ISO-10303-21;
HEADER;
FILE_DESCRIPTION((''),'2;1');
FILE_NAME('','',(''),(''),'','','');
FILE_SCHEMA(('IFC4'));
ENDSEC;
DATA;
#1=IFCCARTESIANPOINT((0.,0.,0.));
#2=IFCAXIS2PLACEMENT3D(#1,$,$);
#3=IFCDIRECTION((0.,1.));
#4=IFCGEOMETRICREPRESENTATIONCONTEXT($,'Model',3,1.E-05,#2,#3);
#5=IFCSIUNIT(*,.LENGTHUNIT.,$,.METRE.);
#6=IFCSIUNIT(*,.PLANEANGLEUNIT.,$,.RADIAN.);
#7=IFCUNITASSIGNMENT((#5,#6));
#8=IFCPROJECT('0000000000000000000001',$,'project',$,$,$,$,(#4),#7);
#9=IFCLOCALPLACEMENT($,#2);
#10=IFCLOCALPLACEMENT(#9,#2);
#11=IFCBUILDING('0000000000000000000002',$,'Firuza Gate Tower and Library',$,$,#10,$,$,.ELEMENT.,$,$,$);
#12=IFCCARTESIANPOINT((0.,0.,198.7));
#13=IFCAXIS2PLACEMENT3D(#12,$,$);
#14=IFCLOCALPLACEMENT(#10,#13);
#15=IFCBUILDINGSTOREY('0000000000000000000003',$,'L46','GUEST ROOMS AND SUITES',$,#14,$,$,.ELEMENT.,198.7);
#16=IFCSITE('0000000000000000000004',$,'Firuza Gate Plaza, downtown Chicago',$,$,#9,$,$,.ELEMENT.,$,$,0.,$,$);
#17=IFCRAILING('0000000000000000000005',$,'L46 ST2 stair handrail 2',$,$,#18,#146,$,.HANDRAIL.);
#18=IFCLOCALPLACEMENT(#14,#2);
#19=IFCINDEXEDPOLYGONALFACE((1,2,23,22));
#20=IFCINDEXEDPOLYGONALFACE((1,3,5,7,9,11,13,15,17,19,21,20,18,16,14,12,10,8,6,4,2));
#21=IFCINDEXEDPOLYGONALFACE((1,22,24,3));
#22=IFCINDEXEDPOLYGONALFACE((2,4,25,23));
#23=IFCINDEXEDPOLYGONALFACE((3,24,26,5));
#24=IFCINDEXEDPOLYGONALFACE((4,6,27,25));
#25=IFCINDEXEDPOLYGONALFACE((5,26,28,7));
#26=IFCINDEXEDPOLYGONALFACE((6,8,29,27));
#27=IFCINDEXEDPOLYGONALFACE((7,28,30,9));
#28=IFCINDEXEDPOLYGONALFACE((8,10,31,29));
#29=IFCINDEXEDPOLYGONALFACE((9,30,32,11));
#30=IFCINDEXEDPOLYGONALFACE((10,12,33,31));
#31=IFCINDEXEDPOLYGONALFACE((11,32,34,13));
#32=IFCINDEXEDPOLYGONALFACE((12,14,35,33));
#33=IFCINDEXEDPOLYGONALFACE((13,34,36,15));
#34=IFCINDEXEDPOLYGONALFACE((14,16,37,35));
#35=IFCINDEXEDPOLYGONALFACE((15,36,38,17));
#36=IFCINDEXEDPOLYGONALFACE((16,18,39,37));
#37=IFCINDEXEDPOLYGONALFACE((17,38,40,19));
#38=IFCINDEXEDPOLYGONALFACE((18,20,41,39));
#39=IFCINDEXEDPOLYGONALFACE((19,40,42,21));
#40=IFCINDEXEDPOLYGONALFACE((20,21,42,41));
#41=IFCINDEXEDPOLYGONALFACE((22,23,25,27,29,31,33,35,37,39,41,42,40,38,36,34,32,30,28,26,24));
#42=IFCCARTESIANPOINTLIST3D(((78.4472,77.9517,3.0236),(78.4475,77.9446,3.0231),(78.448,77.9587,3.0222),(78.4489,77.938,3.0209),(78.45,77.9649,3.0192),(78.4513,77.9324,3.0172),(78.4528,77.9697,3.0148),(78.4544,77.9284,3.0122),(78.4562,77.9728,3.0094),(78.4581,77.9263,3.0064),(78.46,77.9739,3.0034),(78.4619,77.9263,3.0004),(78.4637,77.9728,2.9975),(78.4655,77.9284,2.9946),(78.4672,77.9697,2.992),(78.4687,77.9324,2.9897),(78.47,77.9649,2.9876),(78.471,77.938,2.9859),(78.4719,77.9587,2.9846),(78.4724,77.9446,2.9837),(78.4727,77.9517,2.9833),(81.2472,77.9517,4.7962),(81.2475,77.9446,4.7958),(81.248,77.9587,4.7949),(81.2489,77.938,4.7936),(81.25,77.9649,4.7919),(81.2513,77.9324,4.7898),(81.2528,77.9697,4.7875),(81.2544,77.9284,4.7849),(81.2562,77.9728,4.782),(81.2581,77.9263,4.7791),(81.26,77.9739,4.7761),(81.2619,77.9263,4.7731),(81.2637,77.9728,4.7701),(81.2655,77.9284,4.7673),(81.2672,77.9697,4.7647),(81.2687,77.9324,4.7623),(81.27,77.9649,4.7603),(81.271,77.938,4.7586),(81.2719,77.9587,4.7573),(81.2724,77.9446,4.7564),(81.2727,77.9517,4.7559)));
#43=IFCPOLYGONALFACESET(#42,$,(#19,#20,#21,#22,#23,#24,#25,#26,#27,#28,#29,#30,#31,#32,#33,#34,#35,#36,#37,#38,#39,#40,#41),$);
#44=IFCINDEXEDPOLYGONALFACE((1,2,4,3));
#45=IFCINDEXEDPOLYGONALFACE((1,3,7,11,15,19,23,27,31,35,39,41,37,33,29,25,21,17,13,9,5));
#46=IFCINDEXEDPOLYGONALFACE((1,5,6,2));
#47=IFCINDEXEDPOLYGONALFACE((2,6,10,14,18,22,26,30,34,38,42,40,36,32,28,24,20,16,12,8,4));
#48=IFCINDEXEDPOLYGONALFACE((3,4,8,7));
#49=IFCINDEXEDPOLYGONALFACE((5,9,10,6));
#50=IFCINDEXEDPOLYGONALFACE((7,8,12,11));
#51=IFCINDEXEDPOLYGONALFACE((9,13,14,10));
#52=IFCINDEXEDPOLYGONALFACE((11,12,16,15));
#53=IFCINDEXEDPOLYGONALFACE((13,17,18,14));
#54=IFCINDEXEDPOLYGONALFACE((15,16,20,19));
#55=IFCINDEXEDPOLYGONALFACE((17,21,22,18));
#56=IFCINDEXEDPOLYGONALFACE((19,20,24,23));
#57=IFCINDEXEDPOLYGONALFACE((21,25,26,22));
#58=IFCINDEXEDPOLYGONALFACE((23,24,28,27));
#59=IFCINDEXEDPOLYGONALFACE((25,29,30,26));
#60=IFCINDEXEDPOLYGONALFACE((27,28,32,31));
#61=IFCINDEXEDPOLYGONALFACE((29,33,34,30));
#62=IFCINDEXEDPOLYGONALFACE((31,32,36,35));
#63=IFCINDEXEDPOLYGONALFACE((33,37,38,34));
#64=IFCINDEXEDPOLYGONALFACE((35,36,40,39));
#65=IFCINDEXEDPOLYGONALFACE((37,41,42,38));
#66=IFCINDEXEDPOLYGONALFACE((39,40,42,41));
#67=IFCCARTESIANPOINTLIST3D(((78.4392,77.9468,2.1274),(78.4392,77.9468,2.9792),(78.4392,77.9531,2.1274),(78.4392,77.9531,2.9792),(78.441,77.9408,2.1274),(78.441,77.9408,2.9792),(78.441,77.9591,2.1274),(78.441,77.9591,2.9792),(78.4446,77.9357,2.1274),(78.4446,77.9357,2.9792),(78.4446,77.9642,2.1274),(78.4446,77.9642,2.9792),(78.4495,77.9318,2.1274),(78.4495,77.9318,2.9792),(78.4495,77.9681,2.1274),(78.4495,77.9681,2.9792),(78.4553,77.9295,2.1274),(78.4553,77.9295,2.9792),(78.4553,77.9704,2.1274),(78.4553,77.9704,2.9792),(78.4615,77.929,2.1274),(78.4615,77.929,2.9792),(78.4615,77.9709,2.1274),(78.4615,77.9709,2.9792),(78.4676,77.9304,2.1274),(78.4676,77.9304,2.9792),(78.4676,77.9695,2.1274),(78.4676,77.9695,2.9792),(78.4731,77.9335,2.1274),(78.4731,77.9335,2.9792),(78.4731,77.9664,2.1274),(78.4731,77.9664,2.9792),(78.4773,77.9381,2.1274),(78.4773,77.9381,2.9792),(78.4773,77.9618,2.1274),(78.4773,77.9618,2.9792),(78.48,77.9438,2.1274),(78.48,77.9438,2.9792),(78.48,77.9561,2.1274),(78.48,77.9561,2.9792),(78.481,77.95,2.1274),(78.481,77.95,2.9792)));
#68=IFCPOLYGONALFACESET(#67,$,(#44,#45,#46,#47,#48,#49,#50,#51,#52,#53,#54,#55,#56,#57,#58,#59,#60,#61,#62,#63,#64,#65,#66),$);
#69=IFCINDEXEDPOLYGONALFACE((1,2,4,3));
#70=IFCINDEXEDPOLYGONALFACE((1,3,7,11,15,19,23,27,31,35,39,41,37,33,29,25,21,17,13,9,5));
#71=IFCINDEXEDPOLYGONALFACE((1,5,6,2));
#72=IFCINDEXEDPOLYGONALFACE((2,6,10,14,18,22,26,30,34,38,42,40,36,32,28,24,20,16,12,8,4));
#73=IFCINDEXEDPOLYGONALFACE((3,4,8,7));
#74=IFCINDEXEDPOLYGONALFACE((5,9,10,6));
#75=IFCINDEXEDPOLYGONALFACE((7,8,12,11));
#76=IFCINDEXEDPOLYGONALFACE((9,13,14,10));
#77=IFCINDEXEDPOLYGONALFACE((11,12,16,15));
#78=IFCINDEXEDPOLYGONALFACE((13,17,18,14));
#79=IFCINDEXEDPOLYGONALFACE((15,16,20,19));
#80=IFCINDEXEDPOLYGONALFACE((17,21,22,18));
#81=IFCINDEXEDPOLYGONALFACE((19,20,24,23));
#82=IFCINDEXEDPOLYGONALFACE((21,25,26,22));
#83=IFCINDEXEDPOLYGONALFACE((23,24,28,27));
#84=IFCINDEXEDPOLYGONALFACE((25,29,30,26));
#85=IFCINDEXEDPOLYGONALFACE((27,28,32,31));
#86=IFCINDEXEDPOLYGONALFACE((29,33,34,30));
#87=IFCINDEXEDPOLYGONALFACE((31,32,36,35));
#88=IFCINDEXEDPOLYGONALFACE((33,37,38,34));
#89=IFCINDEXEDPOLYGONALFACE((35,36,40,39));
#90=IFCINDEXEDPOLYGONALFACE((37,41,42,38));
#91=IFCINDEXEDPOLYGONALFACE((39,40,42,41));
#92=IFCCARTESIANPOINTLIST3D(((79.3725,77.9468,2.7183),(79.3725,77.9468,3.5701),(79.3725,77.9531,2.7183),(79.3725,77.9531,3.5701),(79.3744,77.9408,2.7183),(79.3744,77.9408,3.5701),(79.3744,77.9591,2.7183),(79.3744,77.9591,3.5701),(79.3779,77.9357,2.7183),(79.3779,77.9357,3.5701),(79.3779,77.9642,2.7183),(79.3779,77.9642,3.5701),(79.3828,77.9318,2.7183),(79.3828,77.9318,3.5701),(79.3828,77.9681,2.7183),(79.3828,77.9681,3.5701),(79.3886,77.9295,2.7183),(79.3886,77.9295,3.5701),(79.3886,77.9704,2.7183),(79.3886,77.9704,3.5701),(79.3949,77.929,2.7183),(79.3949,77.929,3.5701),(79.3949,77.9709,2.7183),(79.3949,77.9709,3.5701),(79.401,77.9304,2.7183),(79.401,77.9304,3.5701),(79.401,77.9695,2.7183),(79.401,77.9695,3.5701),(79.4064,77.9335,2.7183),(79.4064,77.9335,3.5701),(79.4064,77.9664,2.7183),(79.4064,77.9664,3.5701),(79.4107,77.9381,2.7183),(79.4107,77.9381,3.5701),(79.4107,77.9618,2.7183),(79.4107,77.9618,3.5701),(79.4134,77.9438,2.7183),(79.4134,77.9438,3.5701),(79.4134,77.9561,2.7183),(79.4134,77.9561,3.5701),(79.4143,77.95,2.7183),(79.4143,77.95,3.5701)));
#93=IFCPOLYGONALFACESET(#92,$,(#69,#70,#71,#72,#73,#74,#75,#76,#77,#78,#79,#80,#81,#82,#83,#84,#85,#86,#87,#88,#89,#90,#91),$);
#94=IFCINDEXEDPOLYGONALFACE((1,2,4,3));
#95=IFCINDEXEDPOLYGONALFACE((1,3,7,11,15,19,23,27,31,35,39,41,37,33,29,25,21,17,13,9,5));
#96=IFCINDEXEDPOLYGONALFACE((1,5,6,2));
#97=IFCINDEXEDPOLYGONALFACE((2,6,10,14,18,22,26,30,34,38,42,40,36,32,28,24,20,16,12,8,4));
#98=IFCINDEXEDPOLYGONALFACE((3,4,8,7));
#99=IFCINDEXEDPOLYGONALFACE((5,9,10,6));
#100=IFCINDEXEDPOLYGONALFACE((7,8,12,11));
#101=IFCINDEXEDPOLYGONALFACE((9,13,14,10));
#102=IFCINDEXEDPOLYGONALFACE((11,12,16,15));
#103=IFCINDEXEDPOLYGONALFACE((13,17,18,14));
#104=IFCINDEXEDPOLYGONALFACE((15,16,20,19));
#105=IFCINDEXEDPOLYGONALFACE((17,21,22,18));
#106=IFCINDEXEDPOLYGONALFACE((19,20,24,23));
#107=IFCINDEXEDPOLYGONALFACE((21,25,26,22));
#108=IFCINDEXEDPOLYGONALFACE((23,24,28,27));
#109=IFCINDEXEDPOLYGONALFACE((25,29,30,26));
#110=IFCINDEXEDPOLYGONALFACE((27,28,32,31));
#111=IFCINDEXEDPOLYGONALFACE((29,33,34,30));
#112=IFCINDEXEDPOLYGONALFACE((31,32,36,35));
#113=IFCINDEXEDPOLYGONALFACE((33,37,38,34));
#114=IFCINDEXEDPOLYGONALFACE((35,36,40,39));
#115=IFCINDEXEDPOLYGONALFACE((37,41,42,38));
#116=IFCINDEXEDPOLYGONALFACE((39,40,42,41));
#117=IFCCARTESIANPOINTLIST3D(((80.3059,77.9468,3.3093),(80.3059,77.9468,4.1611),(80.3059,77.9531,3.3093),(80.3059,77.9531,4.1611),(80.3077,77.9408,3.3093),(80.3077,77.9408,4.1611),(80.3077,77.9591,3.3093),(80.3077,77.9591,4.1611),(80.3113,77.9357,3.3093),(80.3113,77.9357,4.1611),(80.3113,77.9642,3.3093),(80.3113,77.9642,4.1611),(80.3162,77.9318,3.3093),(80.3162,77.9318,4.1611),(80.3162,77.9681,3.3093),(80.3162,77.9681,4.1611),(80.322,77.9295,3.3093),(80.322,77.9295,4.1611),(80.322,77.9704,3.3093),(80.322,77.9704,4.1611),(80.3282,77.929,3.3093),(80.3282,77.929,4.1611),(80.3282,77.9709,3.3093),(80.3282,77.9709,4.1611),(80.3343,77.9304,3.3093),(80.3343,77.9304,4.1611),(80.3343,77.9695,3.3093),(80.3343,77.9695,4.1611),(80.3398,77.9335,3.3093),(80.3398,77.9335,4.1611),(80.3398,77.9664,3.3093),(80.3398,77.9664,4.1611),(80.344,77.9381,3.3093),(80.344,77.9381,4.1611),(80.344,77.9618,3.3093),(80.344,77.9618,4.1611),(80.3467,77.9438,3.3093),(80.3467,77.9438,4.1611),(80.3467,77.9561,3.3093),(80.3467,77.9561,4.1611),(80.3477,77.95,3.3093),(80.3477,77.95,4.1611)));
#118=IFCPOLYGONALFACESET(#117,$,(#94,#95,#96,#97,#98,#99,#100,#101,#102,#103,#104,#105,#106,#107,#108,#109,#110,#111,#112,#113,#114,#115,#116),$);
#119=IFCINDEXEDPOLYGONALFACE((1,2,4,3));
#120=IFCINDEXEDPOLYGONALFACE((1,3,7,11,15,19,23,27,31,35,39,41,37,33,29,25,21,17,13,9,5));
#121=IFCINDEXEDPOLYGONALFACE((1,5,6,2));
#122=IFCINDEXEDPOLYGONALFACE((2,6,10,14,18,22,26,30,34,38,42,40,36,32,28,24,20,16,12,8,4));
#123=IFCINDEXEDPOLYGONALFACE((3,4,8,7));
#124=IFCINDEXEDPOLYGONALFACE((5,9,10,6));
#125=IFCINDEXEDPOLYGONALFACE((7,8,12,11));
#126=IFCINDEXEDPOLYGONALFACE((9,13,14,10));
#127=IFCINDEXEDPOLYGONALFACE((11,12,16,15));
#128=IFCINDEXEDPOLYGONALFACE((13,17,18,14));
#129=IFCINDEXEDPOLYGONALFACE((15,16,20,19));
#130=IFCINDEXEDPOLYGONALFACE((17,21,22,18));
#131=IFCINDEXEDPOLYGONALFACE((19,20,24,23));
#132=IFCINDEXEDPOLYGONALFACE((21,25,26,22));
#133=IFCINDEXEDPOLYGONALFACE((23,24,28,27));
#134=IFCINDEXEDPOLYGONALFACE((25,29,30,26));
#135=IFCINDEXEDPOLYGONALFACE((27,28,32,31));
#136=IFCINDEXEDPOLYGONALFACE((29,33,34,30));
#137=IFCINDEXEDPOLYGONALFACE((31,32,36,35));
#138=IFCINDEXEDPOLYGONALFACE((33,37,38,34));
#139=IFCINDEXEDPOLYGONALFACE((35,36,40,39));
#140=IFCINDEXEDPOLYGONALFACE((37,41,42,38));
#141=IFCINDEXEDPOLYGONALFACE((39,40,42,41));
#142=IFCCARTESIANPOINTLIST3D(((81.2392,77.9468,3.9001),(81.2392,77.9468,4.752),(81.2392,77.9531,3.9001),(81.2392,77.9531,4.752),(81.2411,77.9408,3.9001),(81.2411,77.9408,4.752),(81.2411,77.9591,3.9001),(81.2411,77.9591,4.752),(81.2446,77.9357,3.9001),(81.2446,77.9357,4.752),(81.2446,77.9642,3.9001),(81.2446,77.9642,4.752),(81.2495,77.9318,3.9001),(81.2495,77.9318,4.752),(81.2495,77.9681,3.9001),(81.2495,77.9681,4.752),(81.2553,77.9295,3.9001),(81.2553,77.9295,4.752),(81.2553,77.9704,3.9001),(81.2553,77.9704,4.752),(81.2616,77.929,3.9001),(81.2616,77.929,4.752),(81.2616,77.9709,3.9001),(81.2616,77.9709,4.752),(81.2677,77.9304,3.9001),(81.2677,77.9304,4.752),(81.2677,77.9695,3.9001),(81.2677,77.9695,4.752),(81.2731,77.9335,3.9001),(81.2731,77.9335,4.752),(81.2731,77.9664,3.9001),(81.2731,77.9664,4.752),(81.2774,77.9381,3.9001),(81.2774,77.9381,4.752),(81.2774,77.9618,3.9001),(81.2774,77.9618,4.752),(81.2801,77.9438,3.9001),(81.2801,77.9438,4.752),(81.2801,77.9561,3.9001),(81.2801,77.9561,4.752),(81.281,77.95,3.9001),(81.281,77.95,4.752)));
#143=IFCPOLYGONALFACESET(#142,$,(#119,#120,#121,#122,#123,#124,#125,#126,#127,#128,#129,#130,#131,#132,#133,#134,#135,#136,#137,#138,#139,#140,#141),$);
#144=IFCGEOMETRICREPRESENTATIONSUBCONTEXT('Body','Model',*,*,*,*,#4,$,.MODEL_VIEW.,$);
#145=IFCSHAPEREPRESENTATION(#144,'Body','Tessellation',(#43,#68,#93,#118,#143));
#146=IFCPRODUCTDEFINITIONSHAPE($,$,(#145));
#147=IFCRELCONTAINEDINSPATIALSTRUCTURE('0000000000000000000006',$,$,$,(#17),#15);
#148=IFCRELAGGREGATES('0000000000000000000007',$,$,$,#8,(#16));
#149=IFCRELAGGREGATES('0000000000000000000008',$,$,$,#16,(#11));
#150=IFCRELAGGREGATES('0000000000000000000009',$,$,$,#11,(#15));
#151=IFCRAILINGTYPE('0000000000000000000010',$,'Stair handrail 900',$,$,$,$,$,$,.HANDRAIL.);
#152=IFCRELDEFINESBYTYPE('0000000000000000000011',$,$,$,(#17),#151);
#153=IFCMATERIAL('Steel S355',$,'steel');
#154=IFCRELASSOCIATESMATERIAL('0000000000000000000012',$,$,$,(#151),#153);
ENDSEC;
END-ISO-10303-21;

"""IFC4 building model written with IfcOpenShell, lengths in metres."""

from ifc_helpers import new_model, si_unit, direction, frame, origin, origin_2d, place, context, subcontext, project, spatial, circle, extrude, material, type_object, element, save


model = new_model("IFC4")

# Units and contexts
model_context = context("Model", 3, precision=1e-05, world=origin(), true_north=direction((0.0, 1.0)))
body_context = subcontext(model_context, "Body", "Model", "MODEL_VIEW")
ifc_project = project(units=[si_unit("LENGTHUNIT", "METRE"), si_unit("PLANEANGLEUNIT", "RADIAN")], contexts=[model_context])

# Site, building, storey
site_placement = place(None, origin())
site = spatial("IfcSite", under=ifc_project, at=site_placement, Name="Firuza Gate Plaza, downtown Chicago", CompositionType="ELEMENT", RefElevation=0.0)
building_placement = place(site_placement, origin())
building = spatial("IfcBuilding", under=site, at=building_placement, Name="Firuza Gate Tower and Library", CompositionType="ELEMENT")
storey_placement = place(building_placement, frame((0.0, 0.0, 198.7)))
storey = spatial("IfcBuildingStorey", under=building, at=storey_placement, Name="L46", Description="GUEST ROOMS AND SUITES", CompositionType="ELEMENT", Elevation=198.7)

# Railing
ifc_material_1 = material(Name="Steel S355", Category="steel")
railing_type_1 = type_object("IfcRailingType", Name="Stair handrail 900", PredefinedType="HANDRAIL", material=ifc_material_1)
railing_1_placement = place(storey_placement, frame((78.46, 77.95, 2.1274)))
element("IfcRailing", 1, at=railing_1_placement, inside=storey, type_object=railing_type_1, Name="L46 ST2 stair handrail 2", PredefinedType="HANDRAIL", context=body_context, shape_type="SweptSolid", body=[
    extrude(circle(Radius=0.0239, at=origin_2d()), frame((0.0, 0.0, 0.876), z_axis=(0.844909, 0.0, 0.53491), x_axis=(0.0, 1.0, 0.0)), (0.0, 0.0, 1.0), 3.314),
    extrude(circle(Radius=0.021, at=origin_2d()), origin(), (0.0, 0.0, 1.0), 0.8518),
    extrude(circle(Radius=0.021, at=origin_2d()), frame((0.9333, 0.0, 0.5908)), (0.0, 0.0, 1.0), 0.8518),
    extrude(circle(Radius=0.021, at=origin_2d()), frame((1.8667, 0.0, 1.1819)), (0.0, 0.0, 1.0), 0.8518),
    extrude(circle(Radius=0.021, at=origin_2d()), frame((2.8, 0.0, 1.7727)), (0.0, 0.0, 1.0), 0.8518),
])

save(model, "model.ifc")
